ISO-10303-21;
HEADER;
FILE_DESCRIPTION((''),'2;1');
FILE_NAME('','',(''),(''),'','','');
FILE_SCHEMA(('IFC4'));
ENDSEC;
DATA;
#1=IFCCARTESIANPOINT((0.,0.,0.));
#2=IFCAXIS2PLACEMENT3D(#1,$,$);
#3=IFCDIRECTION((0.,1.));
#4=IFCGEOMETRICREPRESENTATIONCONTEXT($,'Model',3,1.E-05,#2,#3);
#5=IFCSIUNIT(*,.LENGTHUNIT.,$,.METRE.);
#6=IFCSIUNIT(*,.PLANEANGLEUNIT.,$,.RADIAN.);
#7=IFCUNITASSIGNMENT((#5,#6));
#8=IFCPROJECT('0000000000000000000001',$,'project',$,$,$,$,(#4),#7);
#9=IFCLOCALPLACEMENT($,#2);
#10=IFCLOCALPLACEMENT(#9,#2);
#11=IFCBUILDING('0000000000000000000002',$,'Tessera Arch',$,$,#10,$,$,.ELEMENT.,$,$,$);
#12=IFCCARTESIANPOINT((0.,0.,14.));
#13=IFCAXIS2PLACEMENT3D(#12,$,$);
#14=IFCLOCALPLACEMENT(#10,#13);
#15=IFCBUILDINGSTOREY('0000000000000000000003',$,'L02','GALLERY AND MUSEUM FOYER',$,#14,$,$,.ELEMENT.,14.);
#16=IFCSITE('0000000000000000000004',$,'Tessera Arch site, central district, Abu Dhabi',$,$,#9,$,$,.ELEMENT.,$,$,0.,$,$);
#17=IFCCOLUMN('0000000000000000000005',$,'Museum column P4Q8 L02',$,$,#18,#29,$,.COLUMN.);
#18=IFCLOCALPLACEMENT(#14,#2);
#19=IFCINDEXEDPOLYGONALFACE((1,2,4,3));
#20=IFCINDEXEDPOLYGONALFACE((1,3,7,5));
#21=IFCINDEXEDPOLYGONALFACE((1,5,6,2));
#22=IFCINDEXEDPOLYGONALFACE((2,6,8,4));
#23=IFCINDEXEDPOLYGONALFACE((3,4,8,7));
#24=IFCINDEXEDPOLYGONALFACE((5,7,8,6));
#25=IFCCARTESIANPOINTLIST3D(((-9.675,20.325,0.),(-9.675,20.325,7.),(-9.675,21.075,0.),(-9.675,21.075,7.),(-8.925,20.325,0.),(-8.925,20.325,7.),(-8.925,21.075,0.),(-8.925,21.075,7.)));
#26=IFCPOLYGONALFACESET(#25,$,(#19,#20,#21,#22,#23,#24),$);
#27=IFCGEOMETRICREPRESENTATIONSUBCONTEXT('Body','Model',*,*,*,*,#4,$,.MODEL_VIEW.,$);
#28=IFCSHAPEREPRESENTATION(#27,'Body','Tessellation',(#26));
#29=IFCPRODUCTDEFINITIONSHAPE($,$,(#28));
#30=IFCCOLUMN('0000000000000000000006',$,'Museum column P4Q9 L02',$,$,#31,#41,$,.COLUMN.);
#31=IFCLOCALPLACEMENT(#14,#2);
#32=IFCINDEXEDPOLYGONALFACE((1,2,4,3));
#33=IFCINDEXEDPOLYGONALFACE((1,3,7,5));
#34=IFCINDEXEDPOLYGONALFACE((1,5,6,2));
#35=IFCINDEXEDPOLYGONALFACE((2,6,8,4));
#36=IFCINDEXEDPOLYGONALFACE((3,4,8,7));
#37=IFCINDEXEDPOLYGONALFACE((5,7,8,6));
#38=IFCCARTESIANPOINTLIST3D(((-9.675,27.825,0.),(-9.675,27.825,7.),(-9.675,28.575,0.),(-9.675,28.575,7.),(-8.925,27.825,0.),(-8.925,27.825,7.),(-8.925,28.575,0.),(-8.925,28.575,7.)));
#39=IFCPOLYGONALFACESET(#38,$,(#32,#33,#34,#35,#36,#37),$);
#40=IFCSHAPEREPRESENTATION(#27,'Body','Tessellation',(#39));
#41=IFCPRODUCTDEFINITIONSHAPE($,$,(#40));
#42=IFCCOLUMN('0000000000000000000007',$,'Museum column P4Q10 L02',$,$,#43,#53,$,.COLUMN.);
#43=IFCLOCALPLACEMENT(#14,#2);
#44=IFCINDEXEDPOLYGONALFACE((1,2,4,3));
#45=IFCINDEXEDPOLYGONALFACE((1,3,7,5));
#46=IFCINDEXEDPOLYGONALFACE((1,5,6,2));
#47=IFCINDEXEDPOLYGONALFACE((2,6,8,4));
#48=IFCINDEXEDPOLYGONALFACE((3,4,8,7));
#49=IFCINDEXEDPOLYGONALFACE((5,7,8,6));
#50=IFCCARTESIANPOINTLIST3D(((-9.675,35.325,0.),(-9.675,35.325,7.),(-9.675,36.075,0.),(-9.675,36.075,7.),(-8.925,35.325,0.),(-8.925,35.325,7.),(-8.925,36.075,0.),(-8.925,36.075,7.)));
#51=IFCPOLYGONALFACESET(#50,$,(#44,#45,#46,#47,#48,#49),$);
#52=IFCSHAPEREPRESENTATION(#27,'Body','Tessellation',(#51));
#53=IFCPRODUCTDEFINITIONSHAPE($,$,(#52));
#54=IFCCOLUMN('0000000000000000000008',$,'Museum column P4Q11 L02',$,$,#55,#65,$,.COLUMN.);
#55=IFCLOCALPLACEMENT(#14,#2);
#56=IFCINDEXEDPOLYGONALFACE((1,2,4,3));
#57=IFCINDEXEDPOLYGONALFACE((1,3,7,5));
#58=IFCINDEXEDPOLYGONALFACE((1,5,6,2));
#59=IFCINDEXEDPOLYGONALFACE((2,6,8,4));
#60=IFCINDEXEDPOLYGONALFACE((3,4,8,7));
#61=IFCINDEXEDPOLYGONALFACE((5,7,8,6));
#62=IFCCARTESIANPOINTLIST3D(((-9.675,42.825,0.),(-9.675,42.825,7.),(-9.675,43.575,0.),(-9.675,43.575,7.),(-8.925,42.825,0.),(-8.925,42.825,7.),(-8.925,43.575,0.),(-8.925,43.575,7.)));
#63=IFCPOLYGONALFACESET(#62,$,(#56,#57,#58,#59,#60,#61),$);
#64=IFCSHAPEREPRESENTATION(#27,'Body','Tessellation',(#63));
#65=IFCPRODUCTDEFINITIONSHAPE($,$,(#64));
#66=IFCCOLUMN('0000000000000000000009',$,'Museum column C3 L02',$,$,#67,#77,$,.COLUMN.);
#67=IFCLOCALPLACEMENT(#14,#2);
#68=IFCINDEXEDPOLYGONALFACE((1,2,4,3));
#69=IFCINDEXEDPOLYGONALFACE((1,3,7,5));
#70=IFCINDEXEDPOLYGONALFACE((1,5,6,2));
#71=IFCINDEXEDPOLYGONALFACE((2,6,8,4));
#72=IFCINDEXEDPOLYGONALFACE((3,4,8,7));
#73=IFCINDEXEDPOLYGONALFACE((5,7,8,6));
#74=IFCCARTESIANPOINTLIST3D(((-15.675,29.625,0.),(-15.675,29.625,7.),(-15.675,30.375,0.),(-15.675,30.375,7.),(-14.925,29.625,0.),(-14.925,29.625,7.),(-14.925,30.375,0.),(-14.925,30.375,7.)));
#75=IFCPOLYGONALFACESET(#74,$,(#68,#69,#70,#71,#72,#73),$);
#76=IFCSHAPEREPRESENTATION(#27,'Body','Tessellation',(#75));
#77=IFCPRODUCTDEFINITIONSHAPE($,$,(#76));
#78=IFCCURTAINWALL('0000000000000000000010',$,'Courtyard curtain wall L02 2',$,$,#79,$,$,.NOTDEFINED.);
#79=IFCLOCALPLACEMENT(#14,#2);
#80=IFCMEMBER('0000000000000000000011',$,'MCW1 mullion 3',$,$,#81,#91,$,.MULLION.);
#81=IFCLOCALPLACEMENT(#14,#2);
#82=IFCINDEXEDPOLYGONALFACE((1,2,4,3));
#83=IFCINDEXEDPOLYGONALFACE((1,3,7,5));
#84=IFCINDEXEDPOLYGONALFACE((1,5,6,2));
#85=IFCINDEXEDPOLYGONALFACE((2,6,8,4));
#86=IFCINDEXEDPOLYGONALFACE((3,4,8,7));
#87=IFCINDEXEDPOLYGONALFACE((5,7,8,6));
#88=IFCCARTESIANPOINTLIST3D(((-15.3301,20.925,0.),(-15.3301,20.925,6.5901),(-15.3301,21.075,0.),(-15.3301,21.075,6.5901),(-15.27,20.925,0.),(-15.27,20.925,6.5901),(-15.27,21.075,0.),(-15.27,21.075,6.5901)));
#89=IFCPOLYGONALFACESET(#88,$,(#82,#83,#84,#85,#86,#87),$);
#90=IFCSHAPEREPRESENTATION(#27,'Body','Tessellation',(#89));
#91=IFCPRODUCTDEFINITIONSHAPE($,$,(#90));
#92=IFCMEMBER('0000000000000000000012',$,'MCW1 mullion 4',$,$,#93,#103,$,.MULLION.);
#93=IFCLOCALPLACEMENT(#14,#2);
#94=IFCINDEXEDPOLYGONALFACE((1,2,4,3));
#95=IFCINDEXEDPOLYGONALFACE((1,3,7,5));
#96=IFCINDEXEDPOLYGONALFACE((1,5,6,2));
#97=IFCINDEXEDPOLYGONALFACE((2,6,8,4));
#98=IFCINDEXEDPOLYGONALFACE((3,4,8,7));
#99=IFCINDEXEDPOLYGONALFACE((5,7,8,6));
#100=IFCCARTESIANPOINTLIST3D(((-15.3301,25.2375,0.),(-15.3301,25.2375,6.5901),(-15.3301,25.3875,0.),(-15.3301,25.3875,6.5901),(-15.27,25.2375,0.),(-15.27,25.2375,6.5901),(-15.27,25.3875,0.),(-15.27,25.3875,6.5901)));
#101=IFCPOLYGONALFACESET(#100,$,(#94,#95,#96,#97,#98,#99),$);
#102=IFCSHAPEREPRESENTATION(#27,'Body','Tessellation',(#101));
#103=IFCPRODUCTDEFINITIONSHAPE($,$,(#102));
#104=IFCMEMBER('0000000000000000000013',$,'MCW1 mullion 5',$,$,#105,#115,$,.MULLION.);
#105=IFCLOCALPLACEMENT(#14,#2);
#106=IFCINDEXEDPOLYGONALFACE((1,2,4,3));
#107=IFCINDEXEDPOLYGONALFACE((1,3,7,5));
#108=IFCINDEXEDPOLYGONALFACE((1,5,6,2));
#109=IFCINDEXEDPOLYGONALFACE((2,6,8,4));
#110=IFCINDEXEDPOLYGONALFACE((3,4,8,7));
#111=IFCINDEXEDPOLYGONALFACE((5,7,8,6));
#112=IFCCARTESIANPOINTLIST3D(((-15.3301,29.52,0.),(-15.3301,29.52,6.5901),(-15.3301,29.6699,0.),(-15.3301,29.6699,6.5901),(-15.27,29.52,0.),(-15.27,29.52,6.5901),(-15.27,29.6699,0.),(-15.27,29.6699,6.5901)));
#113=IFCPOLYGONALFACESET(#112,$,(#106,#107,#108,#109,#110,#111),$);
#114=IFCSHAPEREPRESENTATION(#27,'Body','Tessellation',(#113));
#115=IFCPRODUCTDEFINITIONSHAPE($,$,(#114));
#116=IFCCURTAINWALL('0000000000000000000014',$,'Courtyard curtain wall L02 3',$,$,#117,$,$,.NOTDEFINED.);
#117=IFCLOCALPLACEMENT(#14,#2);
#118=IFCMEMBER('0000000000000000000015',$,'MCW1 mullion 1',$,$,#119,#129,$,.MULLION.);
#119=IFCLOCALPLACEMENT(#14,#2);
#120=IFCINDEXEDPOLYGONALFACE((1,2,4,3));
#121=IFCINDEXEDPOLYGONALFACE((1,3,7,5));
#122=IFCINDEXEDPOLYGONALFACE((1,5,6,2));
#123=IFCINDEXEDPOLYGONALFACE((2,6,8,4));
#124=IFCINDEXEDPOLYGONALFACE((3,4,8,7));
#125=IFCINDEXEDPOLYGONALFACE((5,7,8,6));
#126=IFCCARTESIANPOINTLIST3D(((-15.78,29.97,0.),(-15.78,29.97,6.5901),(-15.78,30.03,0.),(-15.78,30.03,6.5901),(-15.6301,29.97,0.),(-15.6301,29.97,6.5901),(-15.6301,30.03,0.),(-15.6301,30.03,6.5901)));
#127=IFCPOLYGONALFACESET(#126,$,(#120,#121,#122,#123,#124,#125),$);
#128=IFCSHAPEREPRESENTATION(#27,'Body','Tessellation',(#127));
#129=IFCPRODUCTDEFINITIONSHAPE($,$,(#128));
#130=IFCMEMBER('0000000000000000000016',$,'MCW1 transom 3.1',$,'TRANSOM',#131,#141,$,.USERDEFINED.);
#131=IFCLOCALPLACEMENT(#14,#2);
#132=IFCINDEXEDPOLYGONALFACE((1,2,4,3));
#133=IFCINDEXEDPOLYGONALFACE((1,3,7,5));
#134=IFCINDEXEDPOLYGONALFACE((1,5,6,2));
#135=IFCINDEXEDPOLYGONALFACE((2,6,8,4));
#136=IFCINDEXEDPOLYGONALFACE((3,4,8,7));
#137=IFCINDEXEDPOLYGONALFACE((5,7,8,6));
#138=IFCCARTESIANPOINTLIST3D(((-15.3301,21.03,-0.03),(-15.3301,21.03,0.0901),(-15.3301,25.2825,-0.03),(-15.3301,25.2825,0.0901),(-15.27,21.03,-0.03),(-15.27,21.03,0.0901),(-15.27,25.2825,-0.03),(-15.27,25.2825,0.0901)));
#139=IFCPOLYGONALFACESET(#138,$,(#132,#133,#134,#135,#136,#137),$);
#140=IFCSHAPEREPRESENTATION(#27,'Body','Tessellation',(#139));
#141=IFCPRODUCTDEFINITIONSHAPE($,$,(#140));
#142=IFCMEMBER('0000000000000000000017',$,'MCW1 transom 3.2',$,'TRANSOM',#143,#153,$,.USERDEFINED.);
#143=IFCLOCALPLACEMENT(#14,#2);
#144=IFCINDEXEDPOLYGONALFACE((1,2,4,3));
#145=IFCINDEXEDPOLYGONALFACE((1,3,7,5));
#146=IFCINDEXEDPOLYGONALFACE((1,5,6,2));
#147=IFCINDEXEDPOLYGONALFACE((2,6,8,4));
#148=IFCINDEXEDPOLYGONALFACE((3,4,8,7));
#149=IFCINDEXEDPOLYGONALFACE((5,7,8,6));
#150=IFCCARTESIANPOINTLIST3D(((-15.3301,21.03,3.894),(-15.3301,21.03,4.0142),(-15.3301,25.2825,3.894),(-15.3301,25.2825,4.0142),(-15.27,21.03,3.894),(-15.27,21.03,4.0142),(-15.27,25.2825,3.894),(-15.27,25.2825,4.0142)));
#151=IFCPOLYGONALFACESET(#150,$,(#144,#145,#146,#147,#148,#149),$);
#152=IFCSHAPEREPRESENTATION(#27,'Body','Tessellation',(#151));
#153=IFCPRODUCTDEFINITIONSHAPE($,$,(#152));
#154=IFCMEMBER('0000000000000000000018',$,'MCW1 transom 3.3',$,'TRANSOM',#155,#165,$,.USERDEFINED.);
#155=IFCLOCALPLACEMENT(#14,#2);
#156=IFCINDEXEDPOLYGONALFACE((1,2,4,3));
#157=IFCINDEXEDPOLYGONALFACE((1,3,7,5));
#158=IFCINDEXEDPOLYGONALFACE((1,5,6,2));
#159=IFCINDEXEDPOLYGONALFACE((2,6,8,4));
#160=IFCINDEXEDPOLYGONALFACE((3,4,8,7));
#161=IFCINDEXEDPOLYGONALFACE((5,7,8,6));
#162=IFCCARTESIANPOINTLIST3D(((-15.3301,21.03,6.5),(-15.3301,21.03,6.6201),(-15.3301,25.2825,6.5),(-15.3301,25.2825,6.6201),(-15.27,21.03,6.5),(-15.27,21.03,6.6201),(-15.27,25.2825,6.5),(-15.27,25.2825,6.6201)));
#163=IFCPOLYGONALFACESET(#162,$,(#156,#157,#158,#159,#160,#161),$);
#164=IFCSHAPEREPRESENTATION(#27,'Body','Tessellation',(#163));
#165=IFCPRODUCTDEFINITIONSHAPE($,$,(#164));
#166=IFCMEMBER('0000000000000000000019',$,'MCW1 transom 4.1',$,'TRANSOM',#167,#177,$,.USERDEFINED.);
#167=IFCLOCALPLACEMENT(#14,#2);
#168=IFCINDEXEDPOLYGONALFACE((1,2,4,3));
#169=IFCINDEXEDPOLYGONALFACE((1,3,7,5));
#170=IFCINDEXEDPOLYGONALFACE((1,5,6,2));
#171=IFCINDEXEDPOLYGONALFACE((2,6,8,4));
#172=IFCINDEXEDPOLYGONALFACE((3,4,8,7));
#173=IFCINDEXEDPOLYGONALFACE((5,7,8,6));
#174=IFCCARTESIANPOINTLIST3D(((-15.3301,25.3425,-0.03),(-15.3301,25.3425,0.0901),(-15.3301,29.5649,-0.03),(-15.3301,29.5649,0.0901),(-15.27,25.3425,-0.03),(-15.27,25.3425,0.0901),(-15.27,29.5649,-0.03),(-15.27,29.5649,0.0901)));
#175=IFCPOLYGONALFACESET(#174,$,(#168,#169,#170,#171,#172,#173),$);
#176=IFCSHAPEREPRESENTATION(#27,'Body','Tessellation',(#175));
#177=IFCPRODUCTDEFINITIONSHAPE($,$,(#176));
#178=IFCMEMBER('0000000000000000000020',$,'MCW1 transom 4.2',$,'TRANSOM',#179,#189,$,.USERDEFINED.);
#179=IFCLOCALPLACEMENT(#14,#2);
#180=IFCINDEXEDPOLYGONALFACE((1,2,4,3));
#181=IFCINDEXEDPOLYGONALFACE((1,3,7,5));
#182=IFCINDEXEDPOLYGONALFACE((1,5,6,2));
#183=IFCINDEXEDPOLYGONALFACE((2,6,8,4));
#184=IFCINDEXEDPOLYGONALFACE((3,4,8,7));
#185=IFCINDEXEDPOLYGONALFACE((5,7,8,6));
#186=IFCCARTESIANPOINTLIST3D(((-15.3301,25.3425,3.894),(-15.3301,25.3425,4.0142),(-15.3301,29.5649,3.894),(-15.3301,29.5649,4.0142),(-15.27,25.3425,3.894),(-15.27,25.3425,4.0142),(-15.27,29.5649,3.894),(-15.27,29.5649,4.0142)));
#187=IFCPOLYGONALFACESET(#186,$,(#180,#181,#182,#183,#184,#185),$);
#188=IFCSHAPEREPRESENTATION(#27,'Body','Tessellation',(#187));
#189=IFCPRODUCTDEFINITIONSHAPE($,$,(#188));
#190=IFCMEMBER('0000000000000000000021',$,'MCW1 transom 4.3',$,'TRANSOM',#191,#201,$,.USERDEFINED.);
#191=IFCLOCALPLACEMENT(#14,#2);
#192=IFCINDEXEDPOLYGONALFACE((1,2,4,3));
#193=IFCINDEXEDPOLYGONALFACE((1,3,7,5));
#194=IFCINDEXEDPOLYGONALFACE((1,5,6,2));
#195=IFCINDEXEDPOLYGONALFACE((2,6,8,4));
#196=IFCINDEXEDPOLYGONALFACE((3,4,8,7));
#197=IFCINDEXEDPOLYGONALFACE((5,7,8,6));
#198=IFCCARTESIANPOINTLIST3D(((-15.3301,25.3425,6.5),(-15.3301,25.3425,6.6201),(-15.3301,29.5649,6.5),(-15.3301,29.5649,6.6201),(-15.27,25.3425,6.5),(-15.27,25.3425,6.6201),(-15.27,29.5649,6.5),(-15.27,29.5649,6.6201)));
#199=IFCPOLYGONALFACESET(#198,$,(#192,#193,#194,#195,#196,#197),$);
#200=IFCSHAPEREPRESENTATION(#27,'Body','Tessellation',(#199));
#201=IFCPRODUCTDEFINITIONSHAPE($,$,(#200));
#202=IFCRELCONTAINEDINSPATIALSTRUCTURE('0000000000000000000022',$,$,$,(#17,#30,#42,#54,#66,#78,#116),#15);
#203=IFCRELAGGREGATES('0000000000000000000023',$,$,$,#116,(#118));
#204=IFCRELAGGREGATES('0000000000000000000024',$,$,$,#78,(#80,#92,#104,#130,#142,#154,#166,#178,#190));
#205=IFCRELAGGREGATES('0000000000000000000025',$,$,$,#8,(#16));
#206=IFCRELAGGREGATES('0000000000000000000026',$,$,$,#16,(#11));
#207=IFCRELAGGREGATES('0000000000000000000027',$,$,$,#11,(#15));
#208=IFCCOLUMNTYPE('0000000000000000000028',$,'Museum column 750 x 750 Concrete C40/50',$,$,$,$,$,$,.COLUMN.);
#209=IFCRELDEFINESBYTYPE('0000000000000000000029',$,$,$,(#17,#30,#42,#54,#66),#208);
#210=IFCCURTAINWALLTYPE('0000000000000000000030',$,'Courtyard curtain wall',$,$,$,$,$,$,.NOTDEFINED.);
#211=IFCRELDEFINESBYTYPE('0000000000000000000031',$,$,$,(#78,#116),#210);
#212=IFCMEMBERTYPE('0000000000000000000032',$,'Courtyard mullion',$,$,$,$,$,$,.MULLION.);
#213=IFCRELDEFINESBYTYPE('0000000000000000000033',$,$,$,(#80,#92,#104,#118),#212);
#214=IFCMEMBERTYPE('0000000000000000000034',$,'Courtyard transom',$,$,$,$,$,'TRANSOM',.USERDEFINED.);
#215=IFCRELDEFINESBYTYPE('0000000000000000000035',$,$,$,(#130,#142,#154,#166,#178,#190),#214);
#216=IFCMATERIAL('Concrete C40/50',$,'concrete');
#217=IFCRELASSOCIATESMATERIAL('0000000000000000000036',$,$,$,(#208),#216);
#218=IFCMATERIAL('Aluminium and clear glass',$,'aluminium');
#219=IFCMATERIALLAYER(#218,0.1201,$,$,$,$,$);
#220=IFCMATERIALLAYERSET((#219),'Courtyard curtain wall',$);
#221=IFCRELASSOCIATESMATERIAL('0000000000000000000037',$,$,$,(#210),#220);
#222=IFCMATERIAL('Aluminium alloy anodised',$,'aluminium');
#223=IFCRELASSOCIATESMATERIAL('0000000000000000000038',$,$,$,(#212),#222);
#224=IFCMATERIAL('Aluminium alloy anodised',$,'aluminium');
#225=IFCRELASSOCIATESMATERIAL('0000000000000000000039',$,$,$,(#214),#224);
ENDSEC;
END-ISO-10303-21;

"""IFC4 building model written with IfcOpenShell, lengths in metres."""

from ifc_helpers import new_model, si_unit, direction, frame, origin, origin_2d, place, context, subcontext, project, spatial, rectangle, extrude, material, layer, layer_set, material_profile, profile_set, type_object, element, aggregate, save


model = new_model("IFC4")

# Units and contexts
model_context = context("Model", 3, precision=1e-05, world=origin(), true_north=direction((0.0, 1.0)))
body_context = subcontext(model_context, "Body", "Model", "MODEL_VIEW")
ifc_project = project(units=[si_unit("LENGTHUNIT", "METRE"), si_unit("PLANEANGLEUNIT", "RADIAN")], contexts=[model_context])

# Site, building, storey
site_placement = place(None, origin())
site = spatial("IfcSite", under=ifc_project, at=site_placement, Name="Tessera Arch site, central district, Abu Dhabi", CompositionType="ELEMENT", RefElevation=0.0)
building_placement = place(site_placement, origin())
building = spatial("IfcBuilding", under=site, at=building_placement, Name="Tessera Arch", CompositionType="ELEMENT")
storey_placement = place(building_placement, frame((0.0, 0.0, 14.0)))
storey = spatial("IfcBuildingStorey", under=building, at=storey_placement, Name="L02", Description="GALLERY AND MUSEUM FOYER", CompositionType="ELEMENT", Elevation=14.0)

# Columns
ifc_material_1 = material(Name="Concrete C40/50", Category="concrete")
ifc_material_profile_1 = material_profile(ifc_material_1, rectangle(XDim=0.75, YDim=0.75, at=origin_2d()), Name="Museum column 750 x 750 Concrete C40/50")
ifc_profile_set_1 = profile_set([ifc_material_profile_1], Name="Concrete C40/50")
column_type = type_object("IfcColumnType", Name="Museum column 750 x 750 Concrete C40/50", PredefinedType="COLUMN", material=ifc_profile_set_1)
for number, where, z_axis, x_axis, name in (
    (1, (-9.3, 20.7, 0.0), (0.0, 0.0, 1.0), (1.0, 0.0, 0.0), "Museum column P4Q8 L02"),
    (2, (-9.3, 28.2, 0.0), (0.0, 0.0, 1.0), (1.0, 0.0, 0.0), "Museum column P4Q9 L02"),
    (3, (-9.3, 35.7, 0.0), (0.0, 0.0, 1.0), (1.0, 0.0, 0.0), "Museum column P4Q10 L02"),
    (4, (-9.3, 43.2, 0.0), (0.0, 0.0, 1.0), (1.0, 0.0, 0.0), "Museum column P4Q11 L02"),
    (5, (-15.3, 30.0, 0.0), (0.0, 0.0, 1.0), (1.0, 0.0, 0.0), "Museum column C3 L02"),
):
    element("IfcColumn", number, at=place(storey_placement, frame(where, z_axis=z_axis, x_axis=x_axis)), inside=storey, type_object=column_type, Name=name, PredefinedType="COLUMN", context=body_context, shape_type="SweptSolid", body=[
        extrude(rectangle(XDim=0.75, YDim=0.75, at=origin_2d()), origin(), (0.0, 0.0, 1.0), 7.0),
    ])

# Curtain wall, members
ifc_material_2 = material(Name="Aluminium and clear glass", Category="aluminium")
ifc_layer_1 = layer(ifc_material_2, 0.1201)
ifc_layer_set_1 = layer_set([ifc_layer_1], Name="Courtyard curtain wall")
curtain_wall_type = type_object("IfcCurtainWallType", Name="Courtyard curtain wall", PredefinedType="NOTDEFINED", material=ifc_layer_set_1)
curtain_wall_1_placement = place(storey_placement, origin())
curtain_wall_1 = element("IfcCurtainWall", 6, at=curtain_wall_1_placement, inside=storey, type_object=curtain_wall_type, Name="Courtyard curtain wall L02 2", PredefinedType="NOTDEFINED")
ifc_material_3 = material(Name="Aluminium alloy anodised", Category="aluminium")
ifc_material_profile_2 = material_profile(ifc_material_3, rectangle(XDim=0.0601, YDim=0.1499, at=origin_2d()), Name="Courtyard mullion")
ifc_profile_set_2 = profile_set([ifc_material_profile_2], Name="Aluminium alloy anodised")
member_type_1 = type_object("IfcMemberType", Name="Courtyard mullion", PredefinedType="MULLION", material=ifc_profile_set_2)
member_1_placement = place(storey_placement, frame((-15.3, 21.0, 0.0), z_axis=(0.0, 0.0, 1.0), x_axis=(-1.0, 0.0, 0.0)))
member_1 = element("IfcMember", 7, at=member_1_placement, type_object=member_type_1, Name="MCW1 mullion 3", PredefinedType="MULLION", context=body_context, shape_type="SweptSolid", body=[
    extrude(rectangle(XDim=0.0601, YDim=0.1499, at=origin_2d()), origin(), (0.0, 0.0, 1.0), 6.5901),
])
member_2_placement = place(storey_placement, frame((-15.3, 25.3125, 0.0), z_axis=(0.0, 0.0, 1.0), x_axis=(-1.0, 0.0, 0.0)))
member_2 = element("IfcMember", 8, at=member_2_placement, type_object=member_type_1, Name="MCW1 mullion 4", PredefinedType="MULLION", context=body_context, shape_type="SweptSolid", body=[
    extrude(rectangle(XDim=0.0601, YDim=0.1499, at=origin_2d()), origin(), (0.0, 0.0, 1.0), 6.5901),
])
member_3_placement = place(storey_placement, frame((-15.3, 29.595, 0.0), z_axis=(0.0, 0.0, 1.0), x_axis=(-1.0, 0.0, 0.0)))
member_3 = element("IfcMember", 9, at=member_3_placement, type_object=member_type_1, Name="MCW1 mullion 5", PredefinedType="MULLION", context=body_context, shape_type="SweptSolid", body=[
    extrude(rectangle(XDim=0.0601, YDim=0.1499, at=origin_2d()), origin(), (0.0, 0.0, 1.0), 6.5901),
])

# Curtain wall, member
curtain_wall_2_placement = place(storey_placement, origin())
curtain_wall_2 = element("IfcCurtainWall", 10, at=curtain_wall_2_placement, inside=storey, type_object=curtain_wall_type, Name="Courtyard curtain wall L02 3", PredefinedType="NOTDEFINED")
member_4_placement = place(storey_placement, frame((-15.7051, 30.0, 0.0), z_axis=(0.0, 0.0, 1.0), x_axis=(0.0, -1.0, 0.0)))
member_4 = element("IfcMember", 11, at=member_4_placement, type_object=member_type_1, Name="MCW1 mullion 1", PredefinedType="MULLION", context=body_context, shape_type="SweptSolid", body=[
    extrude(rectangle(XDim=0.0601, YDim=0.1499, at=origin_2d()), origin(), (0.0, 0.0, 1.0), 6.5901),
])

# Members
ifc_material_4 = material(Name="Aluminium alloy anodised", Category="aluminium")
ifc_material_profile_3 = material_profile(ifc_material_4, rectangle(XDim=0.0601, YDim=0.1201, at=origin_2d()), Name="Courtyard transom")
ifc_profile_set_3 = profile_set([ifc_material_profile_3], Name="Aluminium alloy anodised")
member_type_2 = type_object("IfcMemberType", Name="Courtyard transom", ElementType="TRANSOM", PredefinedType="USERDEFINED", material=ifc_profile_set_3)
member_5_placement = place(storey_placement, frame((-15.3, 21.03, 0.03), z_axis=(0.0, 1.0, 0.0), x_axis=(-1.0, 0.0, 0.0)))
member_5 = element("IfcMember", 12, at=member_5_placement, type_object=member_type_2, Name="MCW1 transom 3.1", ObjectType="TRANSOM", PredefinedType="USERDEFINED", context=body_context, shape_type="SweptSolid", body=[
    extrude(rectangle(XDim=0.0601, YDim=0.1201, at=origin_2d()), origin(), (0.0, 0.0, 1.0), 4.2524),
])
member_6_placement = place(storey_placement, frame((-15.3, 21.03, 3.9541), z_axis=(0.0, 1.0, 0.0), x_axis=(-1.0, 0.0, 0.0)))
member_6 = element("IfcMember", 13, at=member_6_placement, type_object=member_type_2, Name="MCW1 transom 3.2", ObjectType="TRANSOM", PredefinedType="USERDEFINED", context=body_context, shape_type="SweptSolid", body=[
    extrude(rectangle(XDim=0.0601, YDim=0.1201, at=origin_2d()), origin(), (0.0, 0.0, 1.0), 4.2524),
])
member_7_placement = place(storey_placement, frame((-15.3, 21.03, 6.5601), z_axis=(0.0, 1.0, 0.0), x_axis=(-1.0, 0.0, 0.0)))
member_7 = element("IfcMember", 14, at=member_7_placement, type_object=member_type_2, Name="MCW1 transom 3.3", ObjectType="TRANSOM", PredefinedType="USERDEFINED", context=body_context, shape_type="SweptSolid", body=[
    extrude(rectangle(XDim=0.0601, YDim=0.1201, at=origin_2d()), origin(), (0.0, 0.0, 1.0), 4.2524),
])
member_8_placement = place(storey_placement, frame((-15.3, 25.3425, 0.03), z_axis=(0.0, 1.0, 0.0), x_axis=(-1.0, 0.0, 0.0)))
member_8 = element("IfcMember", 15, at=member_8_placement, type_object=member_type_2, Name="MCW1 transom 4.1", ObjectType="TRANSOM", PredefinedType="USERDEFINED", context=body_context, shape_type="SweptSolid", body=[
    extrude(rectangle(XDim=0.0601, YDim=0.1201, at=origin_2d()), origin(), (0.0, 0.0, 1.0), 4.2224),
])
member_9_placement = place(storey_placement, frame((-15.3, 25.3425, 3.9541), z_axis=(0.0, 1.0, 0.0), x_axis=(-1.0, 0.0, 0.0)))
member_9 = element("IfcMember", 16, at=member_9_placement, type_object=member_type_2, Name="MCW1 transom 4.2", ObjectType="TRANSOM", PredefinedType="USERDEFINED", context=body_context, shape_type="SweptSolid", body=[
    extrude(rectangle(XDim=0.0601, YDim=0.1201, at=origin_2d()), origin(), (0.0, 0.0, 1.0), 4.2224),
])
member_10_placement = place(storey_placement, frame((-15.3, 25.3425, 6.5601), z_axis=(0.0, 1.0, 0.0), x_axis=(-1.0, 0.0, 0.0)))
member_10 = element("IfcMember", 17, at=member_10_placement, type_object=member_type_2, Name="MCW1 transom 4.3", ObjectType="TRANSOM", PredefinedType="USERDEFINED", context=body_context, shape_type="SweptSolid", body=[
    extrude(rectangle(XDim=0.0601, YDim=0.1201, at=origin_2d()), origin(), (0.0, 0.0, 1.0), 4.2224),
])
aggregate(curtain_wall_2, [member_4])

aggregate(curtain_wall_1, [member_1, member_2, member_3, member_5, member_6, member_7, member_8, member_9, member_10])

save(model, "model.ifc")
